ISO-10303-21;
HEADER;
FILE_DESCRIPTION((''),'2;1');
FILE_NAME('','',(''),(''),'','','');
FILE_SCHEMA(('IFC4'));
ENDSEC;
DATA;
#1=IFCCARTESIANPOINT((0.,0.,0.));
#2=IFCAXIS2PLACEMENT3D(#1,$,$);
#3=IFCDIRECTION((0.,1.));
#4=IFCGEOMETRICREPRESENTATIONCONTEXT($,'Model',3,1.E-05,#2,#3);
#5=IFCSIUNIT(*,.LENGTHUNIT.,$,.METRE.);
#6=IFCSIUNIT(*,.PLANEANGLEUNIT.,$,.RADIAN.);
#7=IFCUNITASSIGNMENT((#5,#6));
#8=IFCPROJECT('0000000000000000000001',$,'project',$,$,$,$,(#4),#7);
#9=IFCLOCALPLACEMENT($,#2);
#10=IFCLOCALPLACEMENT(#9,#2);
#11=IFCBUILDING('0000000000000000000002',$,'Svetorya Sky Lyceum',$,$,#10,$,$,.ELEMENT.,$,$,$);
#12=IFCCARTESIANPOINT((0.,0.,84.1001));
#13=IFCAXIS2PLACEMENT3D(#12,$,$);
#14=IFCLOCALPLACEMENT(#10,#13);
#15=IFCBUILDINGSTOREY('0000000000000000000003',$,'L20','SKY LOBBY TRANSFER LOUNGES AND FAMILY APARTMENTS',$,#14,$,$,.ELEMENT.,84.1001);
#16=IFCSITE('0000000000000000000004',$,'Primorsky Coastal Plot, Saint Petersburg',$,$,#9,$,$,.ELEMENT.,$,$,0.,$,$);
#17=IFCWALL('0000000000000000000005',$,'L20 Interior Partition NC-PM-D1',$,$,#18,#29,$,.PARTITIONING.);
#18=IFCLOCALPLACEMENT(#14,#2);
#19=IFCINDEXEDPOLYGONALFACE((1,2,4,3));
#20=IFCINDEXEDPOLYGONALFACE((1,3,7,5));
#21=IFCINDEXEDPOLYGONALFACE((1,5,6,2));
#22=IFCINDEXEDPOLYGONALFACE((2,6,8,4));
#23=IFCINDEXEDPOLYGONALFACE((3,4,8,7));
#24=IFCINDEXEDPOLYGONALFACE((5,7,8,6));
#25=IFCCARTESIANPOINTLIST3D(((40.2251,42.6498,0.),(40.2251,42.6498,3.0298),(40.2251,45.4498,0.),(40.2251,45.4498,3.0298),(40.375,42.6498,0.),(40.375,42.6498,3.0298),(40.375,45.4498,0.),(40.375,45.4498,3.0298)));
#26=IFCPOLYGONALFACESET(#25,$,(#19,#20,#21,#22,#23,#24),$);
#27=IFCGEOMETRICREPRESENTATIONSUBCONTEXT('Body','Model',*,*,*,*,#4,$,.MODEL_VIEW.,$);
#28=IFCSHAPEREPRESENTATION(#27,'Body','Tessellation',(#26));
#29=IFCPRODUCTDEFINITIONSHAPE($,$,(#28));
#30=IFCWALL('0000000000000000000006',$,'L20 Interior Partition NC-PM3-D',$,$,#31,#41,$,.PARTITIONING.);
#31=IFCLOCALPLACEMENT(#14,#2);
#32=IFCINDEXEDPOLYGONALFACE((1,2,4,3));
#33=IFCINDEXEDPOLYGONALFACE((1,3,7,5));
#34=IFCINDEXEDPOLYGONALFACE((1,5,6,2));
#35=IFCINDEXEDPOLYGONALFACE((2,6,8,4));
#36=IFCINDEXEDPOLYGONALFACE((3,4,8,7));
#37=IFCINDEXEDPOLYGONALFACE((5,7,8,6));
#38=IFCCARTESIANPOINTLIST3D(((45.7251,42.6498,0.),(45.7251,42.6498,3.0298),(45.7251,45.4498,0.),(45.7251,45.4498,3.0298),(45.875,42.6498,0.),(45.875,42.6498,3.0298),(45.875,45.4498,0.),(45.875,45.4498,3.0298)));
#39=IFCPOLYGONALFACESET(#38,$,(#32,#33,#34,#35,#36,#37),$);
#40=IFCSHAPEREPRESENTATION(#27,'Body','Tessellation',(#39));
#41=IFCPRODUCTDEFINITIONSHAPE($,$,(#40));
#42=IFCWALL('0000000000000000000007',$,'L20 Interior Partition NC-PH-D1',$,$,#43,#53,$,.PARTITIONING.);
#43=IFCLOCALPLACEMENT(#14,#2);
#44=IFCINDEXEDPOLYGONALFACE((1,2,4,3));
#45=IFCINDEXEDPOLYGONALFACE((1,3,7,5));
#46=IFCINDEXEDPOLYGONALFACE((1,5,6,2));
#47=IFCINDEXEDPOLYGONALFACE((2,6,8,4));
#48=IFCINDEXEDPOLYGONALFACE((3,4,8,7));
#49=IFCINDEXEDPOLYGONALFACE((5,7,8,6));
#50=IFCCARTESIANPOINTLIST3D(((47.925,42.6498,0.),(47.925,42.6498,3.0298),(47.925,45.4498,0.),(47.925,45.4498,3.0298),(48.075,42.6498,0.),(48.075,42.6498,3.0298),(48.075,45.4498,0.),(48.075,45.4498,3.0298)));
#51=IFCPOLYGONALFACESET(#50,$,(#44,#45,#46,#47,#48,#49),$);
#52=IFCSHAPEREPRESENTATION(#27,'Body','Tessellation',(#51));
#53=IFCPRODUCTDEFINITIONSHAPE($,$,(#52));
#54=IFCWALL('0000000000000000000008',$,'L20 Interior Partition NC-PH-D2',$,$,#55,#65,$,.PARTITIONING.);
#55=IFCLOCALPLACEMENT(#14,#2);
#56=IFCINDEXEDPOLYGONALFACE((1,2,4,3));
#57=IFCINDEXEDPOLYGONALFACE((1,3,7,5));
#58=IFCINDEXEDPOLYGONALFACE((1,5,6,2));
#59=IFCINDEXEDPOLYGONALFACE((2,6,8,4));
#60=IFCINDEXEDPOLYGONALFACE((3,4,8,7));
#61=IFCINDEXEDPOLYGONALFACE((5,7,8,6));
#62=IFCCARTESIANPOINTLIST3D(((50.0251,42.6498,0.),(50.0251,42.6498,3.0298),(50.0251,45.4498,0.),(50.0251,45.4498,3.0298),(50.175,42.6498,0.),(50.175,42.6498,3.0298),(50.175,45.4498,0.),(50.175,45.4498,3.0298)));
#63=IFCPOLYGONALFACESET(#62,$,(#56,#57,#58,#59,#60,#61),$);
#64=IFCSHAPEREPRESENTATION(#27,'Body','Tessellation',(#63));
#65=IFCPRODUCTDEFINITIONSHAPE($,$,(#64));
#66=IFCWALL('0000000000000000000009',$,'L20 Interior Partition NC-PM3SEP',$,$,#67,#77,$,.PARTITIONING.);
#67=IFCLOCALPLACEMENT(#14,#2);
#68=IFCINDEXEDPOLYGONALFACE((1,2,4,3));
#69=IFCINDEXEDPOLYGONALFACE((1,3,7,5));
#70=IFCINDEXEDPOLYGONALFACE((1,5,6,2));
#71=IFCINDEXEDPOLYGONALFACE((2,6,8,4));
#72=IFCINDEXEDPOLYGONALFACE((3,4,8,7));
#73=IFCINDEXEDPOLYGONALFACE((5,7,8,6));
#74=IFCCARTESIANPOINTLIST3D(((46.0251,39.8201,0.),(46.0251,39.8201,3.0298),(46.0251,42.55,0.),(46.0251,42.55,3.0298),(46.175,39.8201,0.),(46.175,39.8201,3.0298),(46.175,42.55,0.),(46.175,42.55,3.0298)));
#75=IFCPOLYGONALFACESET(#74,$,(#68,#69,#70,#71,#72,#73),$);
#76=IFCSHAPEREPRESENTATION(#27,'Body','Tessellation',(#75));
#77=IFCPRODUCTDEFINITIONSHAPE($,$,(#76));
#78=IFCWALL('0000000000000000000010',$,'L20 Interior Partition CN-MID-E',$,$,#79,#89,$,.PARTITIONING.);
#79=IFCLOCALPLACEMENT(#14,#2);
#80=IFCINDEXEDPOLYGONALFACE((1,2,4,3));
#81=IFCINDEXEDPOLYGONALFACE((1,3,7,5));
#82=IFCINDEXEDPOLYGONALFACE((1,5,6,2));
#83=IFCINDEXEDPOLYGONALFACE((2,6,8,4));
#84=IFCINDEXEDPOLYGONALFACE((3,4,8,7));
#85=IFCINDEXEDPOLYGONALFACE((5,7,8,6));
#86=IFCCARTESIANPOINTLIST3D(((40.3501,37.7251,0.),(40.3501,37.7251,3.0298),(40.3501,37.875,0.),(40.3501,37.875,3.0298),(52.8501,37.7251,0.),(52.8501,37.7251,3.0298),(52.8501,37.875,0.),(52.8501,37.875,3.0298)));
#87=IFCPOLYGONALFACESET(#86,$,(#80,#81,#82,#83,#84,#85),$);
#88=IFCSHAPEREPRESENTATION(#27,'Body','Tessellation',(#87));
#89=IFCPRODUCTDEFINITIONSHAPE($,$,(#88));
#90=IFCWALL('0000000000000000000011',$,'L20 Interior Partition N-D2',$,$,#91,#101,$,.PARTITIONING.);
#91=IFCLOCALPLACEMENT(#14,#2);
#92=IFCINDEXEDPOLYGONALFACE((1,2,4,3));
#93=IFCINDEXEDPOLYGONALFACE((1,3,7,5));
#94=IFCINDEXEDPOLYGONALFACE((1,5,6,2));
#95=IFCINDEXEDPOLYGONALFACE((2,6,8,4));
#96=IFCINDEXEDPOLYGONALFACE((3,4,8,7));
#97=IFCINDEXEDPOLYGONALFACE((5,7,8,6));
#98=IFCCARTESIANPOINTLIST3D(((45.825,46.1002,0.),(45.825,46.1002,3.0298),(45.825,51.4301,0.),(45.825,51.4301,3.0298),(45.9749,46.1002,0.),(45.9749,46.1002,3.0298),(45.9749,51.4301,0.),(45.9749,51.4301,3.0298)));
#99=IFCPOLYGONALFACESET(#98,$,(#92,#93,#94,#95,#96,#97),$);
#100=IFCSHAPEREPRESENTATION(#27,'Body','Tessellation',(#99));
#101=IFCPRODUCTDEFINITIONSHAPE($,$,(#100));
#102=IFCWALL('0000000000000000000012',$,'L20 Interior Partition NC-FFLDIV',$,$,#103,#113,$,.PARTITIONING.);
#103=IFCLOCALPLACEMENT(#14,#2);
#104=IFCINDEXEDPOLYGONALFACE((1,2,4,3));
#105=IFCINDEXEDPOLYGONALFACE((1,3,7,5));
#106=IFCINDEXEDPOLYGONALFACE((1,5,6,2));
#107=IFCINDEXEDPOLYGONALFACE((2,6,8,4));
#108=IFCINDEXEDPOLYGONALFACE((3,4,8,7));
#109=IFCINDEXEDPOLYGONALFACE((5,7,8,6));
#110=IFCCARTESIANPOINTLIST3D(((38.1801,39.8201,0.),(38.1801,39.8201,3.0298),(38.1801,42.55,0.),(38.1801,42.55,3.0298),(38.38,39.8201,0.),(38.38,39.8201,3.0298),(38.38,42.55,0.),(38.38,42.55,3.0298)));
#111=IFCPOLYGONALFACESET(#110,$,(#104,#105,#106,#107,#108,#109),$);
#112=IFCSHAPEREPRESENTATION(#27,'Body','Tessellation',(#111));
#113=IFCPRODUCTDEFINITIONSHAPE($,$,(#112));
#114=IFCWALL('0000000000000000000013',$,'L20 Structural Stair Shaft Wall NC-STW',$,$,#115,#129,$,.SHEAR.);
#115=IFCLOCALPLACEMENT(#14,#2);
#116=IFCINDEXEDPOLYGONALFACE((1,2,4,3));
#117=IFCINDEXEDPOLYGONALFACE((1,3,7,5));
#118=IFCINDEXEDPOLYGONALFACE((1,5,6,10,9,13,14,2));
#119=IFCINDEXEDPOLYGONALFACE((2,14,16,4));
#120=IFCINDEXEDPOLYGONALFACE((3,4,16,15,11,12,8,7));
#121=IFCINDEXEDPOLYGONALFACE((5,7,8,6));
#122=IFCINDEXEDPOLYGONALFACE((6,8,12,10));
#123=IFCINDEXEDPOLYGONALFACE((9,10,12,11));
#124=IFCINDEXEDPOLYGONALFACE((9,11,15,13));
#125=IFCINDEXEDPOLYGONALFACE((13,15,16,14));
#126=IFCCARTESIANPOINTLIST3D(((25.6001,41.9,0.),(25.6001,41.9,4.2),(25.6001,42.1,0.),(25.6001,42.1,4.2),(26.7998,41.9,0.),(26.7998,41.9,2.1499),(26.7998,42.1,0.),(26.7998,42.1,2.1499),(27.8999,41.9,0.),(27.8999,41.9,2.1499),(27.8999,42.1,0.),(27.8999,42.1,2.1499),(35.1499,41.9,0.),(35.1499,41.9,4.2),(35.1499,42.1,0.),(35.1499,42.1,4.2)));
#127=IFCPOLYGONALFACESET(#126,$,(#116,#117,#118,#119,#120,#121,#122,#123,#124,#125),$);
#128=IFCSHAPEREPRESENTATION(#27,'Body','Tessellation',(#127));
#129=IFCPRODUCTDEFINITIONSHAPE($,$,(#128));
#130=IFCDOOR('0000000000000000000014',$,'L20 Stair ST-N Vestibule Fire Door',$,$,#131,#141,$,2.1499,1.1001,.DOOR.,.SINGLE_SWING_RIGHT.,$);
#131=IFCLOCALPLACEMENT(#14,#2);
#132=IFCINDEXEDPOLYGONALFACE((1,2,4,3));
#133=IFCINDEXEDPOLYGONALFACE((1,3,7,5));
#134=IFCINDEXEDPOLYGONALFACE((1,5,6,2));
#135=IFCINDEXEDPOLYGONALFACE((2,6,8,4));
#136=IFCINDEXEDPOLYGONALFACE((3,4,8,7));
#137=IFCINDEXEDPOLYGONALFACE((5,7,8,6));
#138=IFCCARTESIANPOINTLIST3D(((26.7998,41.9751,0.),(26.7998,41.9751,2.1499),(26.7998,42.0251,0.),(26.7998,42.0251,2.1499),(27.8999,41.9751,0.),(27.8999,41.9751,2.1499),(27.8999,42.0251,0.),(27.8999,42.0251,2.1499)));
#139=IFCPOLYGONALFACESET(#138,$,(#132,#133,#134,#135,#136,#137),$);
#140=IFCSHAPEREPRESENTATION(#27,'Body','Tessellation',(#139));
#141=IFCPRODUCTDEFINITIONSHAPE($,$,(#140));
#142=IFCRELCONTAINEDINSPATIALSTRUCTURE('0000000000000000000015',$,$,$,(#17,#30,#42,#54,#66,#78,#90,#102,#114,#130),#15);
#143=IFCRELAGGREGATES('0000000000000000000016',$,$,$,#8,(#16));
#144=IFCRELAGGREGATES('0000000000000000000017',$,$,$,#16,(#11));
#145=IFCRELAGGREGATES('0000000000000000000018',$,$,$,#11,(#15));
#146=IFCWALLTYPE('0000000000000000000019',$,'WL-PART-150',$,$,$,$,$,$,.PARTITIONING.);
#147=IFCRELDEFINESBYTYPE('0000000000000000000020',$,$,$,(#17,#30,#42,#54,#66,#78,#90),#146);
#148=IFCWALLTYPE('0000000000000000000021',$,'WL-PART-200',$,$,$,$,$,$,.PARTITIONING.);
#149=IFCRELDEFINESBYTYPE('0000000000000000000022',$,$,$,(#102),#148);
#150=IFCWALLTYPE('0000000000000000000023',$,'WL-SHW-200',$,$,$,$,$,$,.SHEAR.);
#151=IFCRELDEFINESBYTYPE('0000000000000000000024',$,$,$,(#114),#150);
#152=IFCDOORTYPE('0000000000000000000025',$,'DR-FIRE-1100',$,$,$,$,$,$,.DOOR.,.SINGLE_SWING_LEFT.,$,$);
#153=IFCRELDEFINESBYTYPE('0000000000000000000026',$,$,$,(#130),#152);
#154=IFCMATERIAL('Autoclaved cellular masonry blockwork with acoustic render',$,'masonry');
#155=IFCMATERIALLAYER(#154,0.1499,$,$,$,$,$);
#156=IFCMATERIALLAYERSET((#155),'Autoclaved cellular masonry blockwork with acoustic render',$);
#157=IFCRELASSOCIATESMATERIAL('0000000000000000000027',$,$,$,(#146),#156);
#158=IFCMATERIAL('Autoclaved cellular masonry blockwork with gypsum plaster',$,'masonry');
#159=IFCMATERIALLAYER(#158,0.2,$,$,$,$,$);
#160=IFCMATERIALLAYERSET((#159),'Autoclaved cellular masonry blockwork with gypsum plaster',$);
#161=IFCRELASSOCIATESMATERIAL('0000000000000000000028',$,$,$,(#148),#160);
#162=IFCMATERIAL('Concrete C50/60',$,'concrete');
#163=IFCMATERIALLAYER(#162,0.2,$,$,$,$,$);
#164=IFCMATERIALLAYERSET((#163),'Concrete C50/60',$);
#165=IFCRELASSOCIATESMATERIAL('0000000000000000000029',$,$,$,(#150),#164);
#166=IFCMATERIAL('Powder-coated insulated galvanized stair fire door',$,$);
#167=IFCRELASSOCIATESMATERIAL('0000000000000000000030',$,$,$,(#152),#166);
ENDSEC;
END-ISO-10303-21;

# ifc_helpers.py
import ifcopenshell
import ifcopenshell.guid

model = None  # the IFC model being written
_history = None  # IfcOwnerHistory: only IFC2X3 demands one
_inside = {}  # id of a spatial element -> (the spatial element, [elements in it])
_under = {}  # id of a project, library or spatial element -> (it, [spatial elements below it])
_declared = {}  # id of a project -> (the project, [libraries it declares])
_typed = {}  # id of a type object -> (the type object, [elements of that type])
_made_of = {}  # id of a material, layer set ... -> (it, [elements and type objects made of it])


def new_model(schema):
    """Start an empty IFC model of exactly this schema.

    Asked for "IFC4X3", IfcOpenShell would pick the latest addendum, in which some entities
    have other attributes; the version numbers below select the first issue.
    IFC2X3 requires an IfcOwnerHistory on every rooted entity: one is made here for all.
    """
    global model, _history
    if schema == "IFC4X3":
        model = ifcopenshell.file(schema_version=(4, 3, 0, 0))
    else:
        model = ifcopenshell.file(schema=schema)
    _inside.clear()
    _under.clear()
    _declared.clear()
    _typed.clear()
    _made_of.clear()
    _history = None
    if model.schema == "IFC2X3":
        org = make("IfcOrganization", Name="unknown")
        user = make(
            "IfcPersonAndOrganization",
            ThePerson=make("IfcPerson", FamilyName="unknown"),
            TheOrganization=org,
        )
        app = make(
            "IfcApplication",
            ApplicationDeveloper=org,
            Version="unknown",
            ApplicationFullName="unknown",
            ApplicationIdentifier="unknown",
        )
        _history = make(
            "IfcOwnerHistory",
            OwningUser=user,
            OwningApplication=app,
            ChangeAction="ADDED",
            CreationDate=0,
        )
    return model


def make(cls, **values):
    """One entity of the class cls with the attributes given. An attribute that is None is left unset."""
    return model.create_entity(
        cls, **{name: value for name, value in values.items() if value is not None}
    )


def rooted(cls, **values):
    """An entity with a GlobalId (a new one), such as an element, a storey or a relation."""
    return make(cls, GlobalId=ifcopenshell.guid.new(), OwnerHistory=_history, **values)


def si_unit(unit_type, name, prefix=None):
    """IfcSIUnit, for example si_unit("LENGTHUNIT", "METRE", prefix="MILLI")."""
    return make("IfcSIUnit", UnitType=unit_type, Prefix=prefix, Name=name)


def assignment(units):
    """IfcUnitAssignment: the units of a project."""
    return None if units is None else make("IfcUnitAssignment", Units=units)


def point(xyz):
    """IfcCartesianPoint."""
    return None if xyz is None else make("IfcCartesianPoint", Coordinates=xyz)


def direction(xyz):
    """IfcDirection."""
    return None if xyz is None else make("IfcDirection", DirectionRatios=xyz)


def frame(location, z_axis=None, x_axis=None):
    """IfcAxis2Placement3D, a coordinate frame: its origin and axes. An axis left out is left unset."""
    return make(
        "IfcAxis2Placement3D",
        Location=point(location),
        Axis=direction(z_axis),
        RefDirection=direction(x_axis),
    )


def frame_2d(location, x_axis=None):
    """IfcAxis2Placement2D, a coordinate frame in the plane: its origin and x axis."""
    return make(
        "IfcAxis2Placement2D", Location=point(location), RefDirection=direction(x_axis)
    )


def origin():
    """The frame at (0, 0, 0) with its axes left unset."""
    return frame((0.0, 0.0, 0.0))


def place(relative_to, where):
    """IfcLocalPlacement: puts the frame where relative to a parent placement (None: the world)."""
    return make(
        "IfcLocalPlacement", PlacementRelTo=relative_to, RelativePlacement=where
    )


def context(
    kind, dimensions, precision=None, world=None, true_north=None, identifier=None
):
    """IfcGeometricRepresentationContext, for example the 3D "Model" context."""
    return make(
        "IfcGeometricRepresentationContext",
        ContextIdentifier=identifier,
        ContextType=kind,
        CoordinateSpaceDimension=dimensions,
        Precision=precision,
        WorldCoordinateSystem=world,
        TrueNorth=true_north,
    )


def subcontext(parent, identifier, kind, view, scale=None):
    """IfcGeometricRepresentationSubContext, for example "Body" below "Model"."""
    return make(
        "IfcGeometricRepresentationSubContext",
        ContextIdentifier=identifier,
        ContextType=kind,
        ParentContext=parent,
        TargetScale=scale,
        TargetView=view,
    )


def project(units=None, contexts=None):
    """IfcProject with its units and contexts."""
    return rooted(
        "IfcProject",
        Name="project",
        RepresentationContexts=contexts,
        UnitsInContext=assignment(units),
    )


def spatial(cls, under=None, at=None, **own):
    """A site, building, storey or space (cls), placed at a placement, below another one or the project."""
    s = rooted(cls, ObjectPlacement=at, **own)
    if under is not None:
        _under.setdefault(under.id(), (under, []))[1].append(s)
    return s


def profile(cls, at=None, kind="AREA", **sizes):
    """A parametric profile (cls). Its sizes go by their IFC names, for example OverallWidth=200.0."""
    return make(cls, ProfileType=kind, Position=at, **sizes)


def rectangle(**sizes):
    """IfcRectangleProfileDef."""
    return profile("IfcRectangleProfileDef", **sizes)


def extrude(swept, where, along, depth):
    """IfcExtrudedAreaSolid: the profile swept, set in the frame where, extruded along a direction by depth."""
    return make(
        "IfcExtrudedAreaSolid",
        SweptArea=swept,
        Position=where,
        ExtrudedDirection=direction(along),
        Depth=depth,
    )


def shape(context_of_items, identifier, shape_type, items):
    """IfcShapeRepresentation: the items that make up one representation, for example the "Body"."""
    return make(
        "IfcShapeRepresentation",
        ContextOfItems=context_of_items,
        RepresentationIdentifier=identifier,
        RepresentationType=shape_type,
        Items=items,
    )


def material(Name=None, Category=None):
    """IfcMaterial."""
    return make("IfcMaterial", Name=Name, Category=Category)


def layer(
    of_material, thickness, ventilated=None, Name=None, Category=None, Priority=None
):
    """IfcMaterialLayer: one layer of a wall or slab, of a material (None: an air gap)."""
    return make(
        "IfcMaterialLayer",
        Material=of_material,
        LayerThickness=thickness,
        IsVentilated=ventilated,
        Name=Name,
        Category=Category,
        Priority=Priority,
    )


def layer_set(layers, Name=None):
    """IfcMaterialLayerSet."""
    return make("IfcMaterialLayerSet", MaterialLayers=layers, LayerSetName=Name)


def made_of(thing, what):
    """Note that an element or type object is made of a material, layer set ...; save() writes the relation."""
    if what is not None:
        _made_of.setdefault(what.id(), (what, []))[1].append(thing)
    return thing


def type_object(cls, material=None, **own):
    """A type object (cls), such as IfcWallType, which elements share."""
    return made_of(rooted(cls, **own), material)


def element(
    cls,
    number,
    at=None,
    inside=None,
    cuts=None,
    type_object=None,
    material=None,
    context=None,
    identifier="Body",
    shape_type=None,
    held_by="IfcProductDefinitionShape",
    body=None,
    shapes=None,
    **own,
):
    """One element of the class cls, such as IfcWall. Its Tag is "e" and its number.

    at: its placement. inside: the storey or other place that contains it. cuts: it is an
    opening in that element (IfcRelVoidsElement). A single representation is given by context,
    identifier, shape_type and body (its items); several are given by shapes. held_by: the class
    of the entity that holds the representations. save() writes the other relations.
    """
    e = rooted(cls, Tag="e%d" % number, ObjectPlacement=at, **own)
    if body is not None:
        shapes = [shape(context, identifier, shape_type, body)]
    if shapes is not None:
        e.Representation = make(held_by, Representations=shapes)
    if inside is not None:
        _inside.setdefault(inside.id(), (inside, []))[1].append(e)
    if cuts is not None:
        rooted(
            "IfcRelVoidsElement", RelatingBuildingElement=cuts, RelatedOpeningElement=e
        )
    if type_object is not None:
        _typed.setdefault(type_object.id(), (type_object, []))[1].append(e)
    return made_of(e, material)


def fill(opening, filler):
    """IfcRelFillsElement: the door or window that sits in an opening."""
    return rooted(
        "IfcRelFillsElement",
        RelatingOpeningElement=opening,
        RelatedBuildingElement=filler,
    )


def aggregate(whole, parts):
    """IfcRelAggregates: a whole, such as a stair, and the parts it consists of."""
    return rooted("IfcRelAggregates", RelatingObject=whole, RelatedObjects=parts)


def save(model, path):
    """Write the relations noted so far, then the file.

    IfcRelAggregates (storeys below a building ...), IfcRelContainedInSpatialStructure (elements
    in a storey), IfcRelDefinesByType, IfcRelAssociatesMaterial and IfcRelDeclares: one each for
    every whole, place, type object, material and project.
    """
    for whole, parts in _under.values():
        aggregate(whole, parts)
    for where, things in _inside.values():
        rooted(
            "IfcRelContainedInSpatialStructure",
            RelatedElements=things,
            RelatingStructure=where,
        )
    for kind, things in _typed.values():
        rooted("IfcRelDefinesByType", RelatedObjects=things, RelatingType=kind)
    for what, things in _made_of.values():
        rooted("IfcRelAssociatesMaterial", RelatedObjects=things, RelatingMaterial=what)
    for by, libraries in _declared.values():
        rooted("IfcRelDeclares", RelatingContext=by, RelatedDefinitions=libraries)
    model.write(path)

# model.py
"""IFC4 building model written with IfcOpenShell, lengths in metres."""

from ifc_helpers import new_model, si_unit, direction, frame, frame_2d, origin, place, context, subcontext, project, spatial, rectangle, extrude, material, layer, layer_set, type_object, element, fill, save


model = new_model("IFC4")

# Units and contexts
model_context = context("Model", 3, precision=1e-05, world=origin(), true_north=direction((0.0, 1.0)))
body_context = subcontext(model_context, "Body", "Model", "MODEL_VIEW")
ifc_project = project(units=[si_unit("LENGTHUNIT", "METRE"), si_unit("PLANEANGLEUNIT", "RADIAN")], contexts=[model_context])

# Site, building, storey
site_placement = place(None, origin())
site = spatial("IfcSite", under=ifc_project, at=site_placement, Name="Primorsky Coastal Plot, Saint Petersburg", CompositionType="ELEMENT", RefElevation=0.0)
building_placement = place(site_placement, origin())
building = spatial("IfcBuilding", under=site, at=building_placement, Name="Svetorya Sky Lyceum", CompositionType="ELEMENT")
storey_placement = place(building_placement, frame((0.0, 0.0, 84.1001)))
storey = spatial("IfcBuildingStorey", under=building, at=storey_placement, Name="L20", Description="SKY LOBBY TRANSFER LOUNGES AND FAMILY APARTMENTS", CompositionType="ELEMENT", Elevation=84.1001)

# Shared definitions
ifc_material_1 = material(Name="Concrete C50/60", Category="concrete")

# Walls
ifc_material_2 = material(Name="Autoclaved cellular masonry blockwork with acoustic render", Category="masonry")
ifc_layer_1 = layer(ifc_material_2, 0.1499)
ifc_layer_set_1 = layer_set([ifc_layer_1], Name="Autoclaved cellular masonry blockwork with acoustic render")
wall_type_1 = type_object("IfcWallType", Name="WL-PART-150", PredefinedType="PARTITIONING", material=ifc_layer_set_1)
for number, where, z_axis, x_axis, name in (
    (1, (40.3, 42.6499, 0.0), (0.0, 0.0, 1.0), (0.0, 1.0, 0.0), "L20 Interior Partition NC-PM-D1"),
    (2, (45.8, 42.6499, 0.0), (0.0, 0.0, 1.0), (0.0, 1.0, 0.0), "L20 Interior Partition NC-PM3-D"),
    (3, (48.0, 42.6499, 0.0), (0.0, 0.0, 1.0), (0.0, 1.0, 0.0), "L20 Interior Partition NC-PH-D1"),
    (4, (50.1001, 42.6499, 0.0), (0.0, 0.0, 1.0), (0.0, 1.0, 0.0), "L20 Interior Partition NC-PH-D2"),
):
    element("IfcWall", number, at=place(storey_placement, frame(where, z_axis=z_axis, x_axis=x_axis)), inside=storey, type_object=wall_type_1, Name=name, PredefinedType="PARTITIONING", context=body_context, shape_type="SweptSolid", body=[
        extrude(rectangle(XDim=2.8, YDim=0.1499, at=frame_2d((1.3999, 0.0))), origin(), (0.0, 0.0, 1.0), 3.0298),
    ])
wall_1_placement = place(storey_placement, frame((46.1001, 39.8201, 0.0), z_axis=(0.0, 0.0, 1.0), x_axis=(0.0, 1.0, 0.0)))
element("IfcWall", 5, at=wall_1_placement, inside=storey, type_object=wall_type_1, Name="L20 Interior Partition NC-PM3SEP", PredefinedType="PARTITIONING", context=body_context, shape_type="SweptSolid", body=[
    extrude(rectangle(XDim=2.73, YDim=0.1499, at=frame_2d((1.365, 0.0))), origin(), (0.0, 0.0, 1.0), 3.0298),
])
wall_2_placement = place(storey_placement, frame((40.3501, 37.8, 0.0), z_axis=(0.0, 0.0, 1.0), x_axis=(1.0, 0.0, 0.0)))
element("IfcWall", 6, at=wall_2_placement, inside=storey, type_object=wall_type_1, Name="L20 Interior Partition CN-MID-E", PredefinedType="PARTITIONING", context=body_context, shape_type="SweptSolid", body=[
    extrude(rectangle(XDim=12.5, YDim=0.1499, at=frame_2d((6.25, 0.0))), origin(), (0.0, 0.0, 1.0), 3.0298),
])
wall_3_placement = place(storey_placement, frame((45.8999, 46.1001, 0.0), z_axis=(0.0, 0.0, 1.0), x_axis=(0.0, 1.0, 0.0)))
element("IfcWall", 7, at=wall_3_placement, inside=storey, type_object=wall_type_1, Name="L20 Interior Partition N-D2", PredefinedType="PARTITIONING", context=body_context, shape_type="SweptSolid", body=[
    extrude(rectangle(XDim=5.3298, YDim=0.1499, at=frame_2d((2.665, 0.0))), origin(), (0.0, 0.0, 1.0), 3.0298),
])

# Shared definitions
ifc_material_3 = material(Name="Autoclaved cellular masonry blockwork with gypsum plaster", Category="masonry")
ifc_layer_2 = layer(ifc_material_3, 0.2)
ifc_layer_set_2 = layer_set([ifc_layer_2], Name="Autoclaved cellular masonry blockwork with gypsum plaster")
wall_type_2 = type_object("IfcWallType", Name="WL-PART-200", PredefinedType="PARTITIONING", material=ifc_layer_set_2)

# Wall
wall_4_placement = place(storey_placement, frame((38.28, 39.8201, 0.0), z_axis=(0.0, 0.0, 1.0), x_axis=(0.0, 1.0, 0.0)))
element("IfcWall", 8, at=wall_4_placement, inside=storey, type_object=wall_type_2, Name="L20 Interior Partition NC-FFLDIV", PredefinedType="PARTITIONING", context=body_context, shape_type="SweptSolid", body=[
    extrude(rectangle(XDim=2.73, YDim=0.2, at=frame_2d((1.365, 0.0))), origin(), (0.0, 0.0, 1.0), 3.0298),
])

# Wall, opening, door
ifc_layer_3 = layer(ifc_material_1, 0.2)
ifc_layer_set_3 = layer_set([ifc_layer_3], Name="Concrete C50/60")
wall_type_3 = type_object("IfcWallType", Name="WL-SHW-200", PredefinedType="SHEAR", material=ifc_layer_set_3)
wall_5_placement = place(storey_placement, frame((35.1499, 42.0, 0.0), z_axis=(0.0, 0.0, 1.0), x_axis=(-1.0, 0.0, 0.0)))
wall_5 = element("IfcWall", 9, at=wall_5_placement, inside=storey, type_object=wall_type_3, Name="L20 Structural Stair Shaft Wall NC-STW", PredefinedType="SHEAR", context=body_context, shape_type="SweptSolid", body=[
    extrude(rectangle(XDim=9.5498, YDim=0.2, at=frame_2d((4.7749, 0.0))), origin(), (0.0, 0.0, 1.0), 4.2),
])
opening_1_placement = place(wall_5_placement, frame((7.25, 0.0, 0.0)))
opening_1 = element("IfcOpeningElement", 10, at=opening_1_placement, cuts=wall_5, PredefinedType="OPENING", context=body_context, shape_type="SweptSolid", body=[
    extrude(rectangle(XDim=1.1001, YDim=2.1499, at=frame_2d((0.55, 1.075))), frame((0.0, 0.1099, 0.0), z_axis=(0.0, -1.0, 0.0), x_axis=(1.0, 0.0, 0.0)), (0.0, 0.0, 1.0), 0.22),
])
ifc_material_4 = material(Name="Powder-coated insulated galvanized stair fire door")
door_type_1 = type_object("IfcDoorType", Name="DR-FIRE-1100", OperationType="SINGLE_SWING_LEFT", PredefinedType="DOOR", material=ifc_material_4)
door_1_placement = place(opening_1_placement, origin())
door_1 = element("IfcDoor", 11, at=door_1_placement, inside=storey, type_object=door_type_1, Name="L20 Stair ST-N Vestibule Fire Door", OperationType="SINGLE_SWING_RIGHT", OverallHeight=2.1499, OverallWidth=1.1001, PredefinedType="DOOR", context=body_context, shape_type="SweptSolid", body=[
    extrude(rectangle(XDim=1.1001, YDim=2.1499, at=frame_2d((0.55, 1.075))), frame((0.0, 0.0249, 0.0), z_axis=(0.0, -1.0, 0.0), x_axis=(1.0, 0.0, 0.0)), (0.0, 0.0, 1.0), 0.05),
])
fill(opening_1, door_1)

save(model, "model.ifc")
